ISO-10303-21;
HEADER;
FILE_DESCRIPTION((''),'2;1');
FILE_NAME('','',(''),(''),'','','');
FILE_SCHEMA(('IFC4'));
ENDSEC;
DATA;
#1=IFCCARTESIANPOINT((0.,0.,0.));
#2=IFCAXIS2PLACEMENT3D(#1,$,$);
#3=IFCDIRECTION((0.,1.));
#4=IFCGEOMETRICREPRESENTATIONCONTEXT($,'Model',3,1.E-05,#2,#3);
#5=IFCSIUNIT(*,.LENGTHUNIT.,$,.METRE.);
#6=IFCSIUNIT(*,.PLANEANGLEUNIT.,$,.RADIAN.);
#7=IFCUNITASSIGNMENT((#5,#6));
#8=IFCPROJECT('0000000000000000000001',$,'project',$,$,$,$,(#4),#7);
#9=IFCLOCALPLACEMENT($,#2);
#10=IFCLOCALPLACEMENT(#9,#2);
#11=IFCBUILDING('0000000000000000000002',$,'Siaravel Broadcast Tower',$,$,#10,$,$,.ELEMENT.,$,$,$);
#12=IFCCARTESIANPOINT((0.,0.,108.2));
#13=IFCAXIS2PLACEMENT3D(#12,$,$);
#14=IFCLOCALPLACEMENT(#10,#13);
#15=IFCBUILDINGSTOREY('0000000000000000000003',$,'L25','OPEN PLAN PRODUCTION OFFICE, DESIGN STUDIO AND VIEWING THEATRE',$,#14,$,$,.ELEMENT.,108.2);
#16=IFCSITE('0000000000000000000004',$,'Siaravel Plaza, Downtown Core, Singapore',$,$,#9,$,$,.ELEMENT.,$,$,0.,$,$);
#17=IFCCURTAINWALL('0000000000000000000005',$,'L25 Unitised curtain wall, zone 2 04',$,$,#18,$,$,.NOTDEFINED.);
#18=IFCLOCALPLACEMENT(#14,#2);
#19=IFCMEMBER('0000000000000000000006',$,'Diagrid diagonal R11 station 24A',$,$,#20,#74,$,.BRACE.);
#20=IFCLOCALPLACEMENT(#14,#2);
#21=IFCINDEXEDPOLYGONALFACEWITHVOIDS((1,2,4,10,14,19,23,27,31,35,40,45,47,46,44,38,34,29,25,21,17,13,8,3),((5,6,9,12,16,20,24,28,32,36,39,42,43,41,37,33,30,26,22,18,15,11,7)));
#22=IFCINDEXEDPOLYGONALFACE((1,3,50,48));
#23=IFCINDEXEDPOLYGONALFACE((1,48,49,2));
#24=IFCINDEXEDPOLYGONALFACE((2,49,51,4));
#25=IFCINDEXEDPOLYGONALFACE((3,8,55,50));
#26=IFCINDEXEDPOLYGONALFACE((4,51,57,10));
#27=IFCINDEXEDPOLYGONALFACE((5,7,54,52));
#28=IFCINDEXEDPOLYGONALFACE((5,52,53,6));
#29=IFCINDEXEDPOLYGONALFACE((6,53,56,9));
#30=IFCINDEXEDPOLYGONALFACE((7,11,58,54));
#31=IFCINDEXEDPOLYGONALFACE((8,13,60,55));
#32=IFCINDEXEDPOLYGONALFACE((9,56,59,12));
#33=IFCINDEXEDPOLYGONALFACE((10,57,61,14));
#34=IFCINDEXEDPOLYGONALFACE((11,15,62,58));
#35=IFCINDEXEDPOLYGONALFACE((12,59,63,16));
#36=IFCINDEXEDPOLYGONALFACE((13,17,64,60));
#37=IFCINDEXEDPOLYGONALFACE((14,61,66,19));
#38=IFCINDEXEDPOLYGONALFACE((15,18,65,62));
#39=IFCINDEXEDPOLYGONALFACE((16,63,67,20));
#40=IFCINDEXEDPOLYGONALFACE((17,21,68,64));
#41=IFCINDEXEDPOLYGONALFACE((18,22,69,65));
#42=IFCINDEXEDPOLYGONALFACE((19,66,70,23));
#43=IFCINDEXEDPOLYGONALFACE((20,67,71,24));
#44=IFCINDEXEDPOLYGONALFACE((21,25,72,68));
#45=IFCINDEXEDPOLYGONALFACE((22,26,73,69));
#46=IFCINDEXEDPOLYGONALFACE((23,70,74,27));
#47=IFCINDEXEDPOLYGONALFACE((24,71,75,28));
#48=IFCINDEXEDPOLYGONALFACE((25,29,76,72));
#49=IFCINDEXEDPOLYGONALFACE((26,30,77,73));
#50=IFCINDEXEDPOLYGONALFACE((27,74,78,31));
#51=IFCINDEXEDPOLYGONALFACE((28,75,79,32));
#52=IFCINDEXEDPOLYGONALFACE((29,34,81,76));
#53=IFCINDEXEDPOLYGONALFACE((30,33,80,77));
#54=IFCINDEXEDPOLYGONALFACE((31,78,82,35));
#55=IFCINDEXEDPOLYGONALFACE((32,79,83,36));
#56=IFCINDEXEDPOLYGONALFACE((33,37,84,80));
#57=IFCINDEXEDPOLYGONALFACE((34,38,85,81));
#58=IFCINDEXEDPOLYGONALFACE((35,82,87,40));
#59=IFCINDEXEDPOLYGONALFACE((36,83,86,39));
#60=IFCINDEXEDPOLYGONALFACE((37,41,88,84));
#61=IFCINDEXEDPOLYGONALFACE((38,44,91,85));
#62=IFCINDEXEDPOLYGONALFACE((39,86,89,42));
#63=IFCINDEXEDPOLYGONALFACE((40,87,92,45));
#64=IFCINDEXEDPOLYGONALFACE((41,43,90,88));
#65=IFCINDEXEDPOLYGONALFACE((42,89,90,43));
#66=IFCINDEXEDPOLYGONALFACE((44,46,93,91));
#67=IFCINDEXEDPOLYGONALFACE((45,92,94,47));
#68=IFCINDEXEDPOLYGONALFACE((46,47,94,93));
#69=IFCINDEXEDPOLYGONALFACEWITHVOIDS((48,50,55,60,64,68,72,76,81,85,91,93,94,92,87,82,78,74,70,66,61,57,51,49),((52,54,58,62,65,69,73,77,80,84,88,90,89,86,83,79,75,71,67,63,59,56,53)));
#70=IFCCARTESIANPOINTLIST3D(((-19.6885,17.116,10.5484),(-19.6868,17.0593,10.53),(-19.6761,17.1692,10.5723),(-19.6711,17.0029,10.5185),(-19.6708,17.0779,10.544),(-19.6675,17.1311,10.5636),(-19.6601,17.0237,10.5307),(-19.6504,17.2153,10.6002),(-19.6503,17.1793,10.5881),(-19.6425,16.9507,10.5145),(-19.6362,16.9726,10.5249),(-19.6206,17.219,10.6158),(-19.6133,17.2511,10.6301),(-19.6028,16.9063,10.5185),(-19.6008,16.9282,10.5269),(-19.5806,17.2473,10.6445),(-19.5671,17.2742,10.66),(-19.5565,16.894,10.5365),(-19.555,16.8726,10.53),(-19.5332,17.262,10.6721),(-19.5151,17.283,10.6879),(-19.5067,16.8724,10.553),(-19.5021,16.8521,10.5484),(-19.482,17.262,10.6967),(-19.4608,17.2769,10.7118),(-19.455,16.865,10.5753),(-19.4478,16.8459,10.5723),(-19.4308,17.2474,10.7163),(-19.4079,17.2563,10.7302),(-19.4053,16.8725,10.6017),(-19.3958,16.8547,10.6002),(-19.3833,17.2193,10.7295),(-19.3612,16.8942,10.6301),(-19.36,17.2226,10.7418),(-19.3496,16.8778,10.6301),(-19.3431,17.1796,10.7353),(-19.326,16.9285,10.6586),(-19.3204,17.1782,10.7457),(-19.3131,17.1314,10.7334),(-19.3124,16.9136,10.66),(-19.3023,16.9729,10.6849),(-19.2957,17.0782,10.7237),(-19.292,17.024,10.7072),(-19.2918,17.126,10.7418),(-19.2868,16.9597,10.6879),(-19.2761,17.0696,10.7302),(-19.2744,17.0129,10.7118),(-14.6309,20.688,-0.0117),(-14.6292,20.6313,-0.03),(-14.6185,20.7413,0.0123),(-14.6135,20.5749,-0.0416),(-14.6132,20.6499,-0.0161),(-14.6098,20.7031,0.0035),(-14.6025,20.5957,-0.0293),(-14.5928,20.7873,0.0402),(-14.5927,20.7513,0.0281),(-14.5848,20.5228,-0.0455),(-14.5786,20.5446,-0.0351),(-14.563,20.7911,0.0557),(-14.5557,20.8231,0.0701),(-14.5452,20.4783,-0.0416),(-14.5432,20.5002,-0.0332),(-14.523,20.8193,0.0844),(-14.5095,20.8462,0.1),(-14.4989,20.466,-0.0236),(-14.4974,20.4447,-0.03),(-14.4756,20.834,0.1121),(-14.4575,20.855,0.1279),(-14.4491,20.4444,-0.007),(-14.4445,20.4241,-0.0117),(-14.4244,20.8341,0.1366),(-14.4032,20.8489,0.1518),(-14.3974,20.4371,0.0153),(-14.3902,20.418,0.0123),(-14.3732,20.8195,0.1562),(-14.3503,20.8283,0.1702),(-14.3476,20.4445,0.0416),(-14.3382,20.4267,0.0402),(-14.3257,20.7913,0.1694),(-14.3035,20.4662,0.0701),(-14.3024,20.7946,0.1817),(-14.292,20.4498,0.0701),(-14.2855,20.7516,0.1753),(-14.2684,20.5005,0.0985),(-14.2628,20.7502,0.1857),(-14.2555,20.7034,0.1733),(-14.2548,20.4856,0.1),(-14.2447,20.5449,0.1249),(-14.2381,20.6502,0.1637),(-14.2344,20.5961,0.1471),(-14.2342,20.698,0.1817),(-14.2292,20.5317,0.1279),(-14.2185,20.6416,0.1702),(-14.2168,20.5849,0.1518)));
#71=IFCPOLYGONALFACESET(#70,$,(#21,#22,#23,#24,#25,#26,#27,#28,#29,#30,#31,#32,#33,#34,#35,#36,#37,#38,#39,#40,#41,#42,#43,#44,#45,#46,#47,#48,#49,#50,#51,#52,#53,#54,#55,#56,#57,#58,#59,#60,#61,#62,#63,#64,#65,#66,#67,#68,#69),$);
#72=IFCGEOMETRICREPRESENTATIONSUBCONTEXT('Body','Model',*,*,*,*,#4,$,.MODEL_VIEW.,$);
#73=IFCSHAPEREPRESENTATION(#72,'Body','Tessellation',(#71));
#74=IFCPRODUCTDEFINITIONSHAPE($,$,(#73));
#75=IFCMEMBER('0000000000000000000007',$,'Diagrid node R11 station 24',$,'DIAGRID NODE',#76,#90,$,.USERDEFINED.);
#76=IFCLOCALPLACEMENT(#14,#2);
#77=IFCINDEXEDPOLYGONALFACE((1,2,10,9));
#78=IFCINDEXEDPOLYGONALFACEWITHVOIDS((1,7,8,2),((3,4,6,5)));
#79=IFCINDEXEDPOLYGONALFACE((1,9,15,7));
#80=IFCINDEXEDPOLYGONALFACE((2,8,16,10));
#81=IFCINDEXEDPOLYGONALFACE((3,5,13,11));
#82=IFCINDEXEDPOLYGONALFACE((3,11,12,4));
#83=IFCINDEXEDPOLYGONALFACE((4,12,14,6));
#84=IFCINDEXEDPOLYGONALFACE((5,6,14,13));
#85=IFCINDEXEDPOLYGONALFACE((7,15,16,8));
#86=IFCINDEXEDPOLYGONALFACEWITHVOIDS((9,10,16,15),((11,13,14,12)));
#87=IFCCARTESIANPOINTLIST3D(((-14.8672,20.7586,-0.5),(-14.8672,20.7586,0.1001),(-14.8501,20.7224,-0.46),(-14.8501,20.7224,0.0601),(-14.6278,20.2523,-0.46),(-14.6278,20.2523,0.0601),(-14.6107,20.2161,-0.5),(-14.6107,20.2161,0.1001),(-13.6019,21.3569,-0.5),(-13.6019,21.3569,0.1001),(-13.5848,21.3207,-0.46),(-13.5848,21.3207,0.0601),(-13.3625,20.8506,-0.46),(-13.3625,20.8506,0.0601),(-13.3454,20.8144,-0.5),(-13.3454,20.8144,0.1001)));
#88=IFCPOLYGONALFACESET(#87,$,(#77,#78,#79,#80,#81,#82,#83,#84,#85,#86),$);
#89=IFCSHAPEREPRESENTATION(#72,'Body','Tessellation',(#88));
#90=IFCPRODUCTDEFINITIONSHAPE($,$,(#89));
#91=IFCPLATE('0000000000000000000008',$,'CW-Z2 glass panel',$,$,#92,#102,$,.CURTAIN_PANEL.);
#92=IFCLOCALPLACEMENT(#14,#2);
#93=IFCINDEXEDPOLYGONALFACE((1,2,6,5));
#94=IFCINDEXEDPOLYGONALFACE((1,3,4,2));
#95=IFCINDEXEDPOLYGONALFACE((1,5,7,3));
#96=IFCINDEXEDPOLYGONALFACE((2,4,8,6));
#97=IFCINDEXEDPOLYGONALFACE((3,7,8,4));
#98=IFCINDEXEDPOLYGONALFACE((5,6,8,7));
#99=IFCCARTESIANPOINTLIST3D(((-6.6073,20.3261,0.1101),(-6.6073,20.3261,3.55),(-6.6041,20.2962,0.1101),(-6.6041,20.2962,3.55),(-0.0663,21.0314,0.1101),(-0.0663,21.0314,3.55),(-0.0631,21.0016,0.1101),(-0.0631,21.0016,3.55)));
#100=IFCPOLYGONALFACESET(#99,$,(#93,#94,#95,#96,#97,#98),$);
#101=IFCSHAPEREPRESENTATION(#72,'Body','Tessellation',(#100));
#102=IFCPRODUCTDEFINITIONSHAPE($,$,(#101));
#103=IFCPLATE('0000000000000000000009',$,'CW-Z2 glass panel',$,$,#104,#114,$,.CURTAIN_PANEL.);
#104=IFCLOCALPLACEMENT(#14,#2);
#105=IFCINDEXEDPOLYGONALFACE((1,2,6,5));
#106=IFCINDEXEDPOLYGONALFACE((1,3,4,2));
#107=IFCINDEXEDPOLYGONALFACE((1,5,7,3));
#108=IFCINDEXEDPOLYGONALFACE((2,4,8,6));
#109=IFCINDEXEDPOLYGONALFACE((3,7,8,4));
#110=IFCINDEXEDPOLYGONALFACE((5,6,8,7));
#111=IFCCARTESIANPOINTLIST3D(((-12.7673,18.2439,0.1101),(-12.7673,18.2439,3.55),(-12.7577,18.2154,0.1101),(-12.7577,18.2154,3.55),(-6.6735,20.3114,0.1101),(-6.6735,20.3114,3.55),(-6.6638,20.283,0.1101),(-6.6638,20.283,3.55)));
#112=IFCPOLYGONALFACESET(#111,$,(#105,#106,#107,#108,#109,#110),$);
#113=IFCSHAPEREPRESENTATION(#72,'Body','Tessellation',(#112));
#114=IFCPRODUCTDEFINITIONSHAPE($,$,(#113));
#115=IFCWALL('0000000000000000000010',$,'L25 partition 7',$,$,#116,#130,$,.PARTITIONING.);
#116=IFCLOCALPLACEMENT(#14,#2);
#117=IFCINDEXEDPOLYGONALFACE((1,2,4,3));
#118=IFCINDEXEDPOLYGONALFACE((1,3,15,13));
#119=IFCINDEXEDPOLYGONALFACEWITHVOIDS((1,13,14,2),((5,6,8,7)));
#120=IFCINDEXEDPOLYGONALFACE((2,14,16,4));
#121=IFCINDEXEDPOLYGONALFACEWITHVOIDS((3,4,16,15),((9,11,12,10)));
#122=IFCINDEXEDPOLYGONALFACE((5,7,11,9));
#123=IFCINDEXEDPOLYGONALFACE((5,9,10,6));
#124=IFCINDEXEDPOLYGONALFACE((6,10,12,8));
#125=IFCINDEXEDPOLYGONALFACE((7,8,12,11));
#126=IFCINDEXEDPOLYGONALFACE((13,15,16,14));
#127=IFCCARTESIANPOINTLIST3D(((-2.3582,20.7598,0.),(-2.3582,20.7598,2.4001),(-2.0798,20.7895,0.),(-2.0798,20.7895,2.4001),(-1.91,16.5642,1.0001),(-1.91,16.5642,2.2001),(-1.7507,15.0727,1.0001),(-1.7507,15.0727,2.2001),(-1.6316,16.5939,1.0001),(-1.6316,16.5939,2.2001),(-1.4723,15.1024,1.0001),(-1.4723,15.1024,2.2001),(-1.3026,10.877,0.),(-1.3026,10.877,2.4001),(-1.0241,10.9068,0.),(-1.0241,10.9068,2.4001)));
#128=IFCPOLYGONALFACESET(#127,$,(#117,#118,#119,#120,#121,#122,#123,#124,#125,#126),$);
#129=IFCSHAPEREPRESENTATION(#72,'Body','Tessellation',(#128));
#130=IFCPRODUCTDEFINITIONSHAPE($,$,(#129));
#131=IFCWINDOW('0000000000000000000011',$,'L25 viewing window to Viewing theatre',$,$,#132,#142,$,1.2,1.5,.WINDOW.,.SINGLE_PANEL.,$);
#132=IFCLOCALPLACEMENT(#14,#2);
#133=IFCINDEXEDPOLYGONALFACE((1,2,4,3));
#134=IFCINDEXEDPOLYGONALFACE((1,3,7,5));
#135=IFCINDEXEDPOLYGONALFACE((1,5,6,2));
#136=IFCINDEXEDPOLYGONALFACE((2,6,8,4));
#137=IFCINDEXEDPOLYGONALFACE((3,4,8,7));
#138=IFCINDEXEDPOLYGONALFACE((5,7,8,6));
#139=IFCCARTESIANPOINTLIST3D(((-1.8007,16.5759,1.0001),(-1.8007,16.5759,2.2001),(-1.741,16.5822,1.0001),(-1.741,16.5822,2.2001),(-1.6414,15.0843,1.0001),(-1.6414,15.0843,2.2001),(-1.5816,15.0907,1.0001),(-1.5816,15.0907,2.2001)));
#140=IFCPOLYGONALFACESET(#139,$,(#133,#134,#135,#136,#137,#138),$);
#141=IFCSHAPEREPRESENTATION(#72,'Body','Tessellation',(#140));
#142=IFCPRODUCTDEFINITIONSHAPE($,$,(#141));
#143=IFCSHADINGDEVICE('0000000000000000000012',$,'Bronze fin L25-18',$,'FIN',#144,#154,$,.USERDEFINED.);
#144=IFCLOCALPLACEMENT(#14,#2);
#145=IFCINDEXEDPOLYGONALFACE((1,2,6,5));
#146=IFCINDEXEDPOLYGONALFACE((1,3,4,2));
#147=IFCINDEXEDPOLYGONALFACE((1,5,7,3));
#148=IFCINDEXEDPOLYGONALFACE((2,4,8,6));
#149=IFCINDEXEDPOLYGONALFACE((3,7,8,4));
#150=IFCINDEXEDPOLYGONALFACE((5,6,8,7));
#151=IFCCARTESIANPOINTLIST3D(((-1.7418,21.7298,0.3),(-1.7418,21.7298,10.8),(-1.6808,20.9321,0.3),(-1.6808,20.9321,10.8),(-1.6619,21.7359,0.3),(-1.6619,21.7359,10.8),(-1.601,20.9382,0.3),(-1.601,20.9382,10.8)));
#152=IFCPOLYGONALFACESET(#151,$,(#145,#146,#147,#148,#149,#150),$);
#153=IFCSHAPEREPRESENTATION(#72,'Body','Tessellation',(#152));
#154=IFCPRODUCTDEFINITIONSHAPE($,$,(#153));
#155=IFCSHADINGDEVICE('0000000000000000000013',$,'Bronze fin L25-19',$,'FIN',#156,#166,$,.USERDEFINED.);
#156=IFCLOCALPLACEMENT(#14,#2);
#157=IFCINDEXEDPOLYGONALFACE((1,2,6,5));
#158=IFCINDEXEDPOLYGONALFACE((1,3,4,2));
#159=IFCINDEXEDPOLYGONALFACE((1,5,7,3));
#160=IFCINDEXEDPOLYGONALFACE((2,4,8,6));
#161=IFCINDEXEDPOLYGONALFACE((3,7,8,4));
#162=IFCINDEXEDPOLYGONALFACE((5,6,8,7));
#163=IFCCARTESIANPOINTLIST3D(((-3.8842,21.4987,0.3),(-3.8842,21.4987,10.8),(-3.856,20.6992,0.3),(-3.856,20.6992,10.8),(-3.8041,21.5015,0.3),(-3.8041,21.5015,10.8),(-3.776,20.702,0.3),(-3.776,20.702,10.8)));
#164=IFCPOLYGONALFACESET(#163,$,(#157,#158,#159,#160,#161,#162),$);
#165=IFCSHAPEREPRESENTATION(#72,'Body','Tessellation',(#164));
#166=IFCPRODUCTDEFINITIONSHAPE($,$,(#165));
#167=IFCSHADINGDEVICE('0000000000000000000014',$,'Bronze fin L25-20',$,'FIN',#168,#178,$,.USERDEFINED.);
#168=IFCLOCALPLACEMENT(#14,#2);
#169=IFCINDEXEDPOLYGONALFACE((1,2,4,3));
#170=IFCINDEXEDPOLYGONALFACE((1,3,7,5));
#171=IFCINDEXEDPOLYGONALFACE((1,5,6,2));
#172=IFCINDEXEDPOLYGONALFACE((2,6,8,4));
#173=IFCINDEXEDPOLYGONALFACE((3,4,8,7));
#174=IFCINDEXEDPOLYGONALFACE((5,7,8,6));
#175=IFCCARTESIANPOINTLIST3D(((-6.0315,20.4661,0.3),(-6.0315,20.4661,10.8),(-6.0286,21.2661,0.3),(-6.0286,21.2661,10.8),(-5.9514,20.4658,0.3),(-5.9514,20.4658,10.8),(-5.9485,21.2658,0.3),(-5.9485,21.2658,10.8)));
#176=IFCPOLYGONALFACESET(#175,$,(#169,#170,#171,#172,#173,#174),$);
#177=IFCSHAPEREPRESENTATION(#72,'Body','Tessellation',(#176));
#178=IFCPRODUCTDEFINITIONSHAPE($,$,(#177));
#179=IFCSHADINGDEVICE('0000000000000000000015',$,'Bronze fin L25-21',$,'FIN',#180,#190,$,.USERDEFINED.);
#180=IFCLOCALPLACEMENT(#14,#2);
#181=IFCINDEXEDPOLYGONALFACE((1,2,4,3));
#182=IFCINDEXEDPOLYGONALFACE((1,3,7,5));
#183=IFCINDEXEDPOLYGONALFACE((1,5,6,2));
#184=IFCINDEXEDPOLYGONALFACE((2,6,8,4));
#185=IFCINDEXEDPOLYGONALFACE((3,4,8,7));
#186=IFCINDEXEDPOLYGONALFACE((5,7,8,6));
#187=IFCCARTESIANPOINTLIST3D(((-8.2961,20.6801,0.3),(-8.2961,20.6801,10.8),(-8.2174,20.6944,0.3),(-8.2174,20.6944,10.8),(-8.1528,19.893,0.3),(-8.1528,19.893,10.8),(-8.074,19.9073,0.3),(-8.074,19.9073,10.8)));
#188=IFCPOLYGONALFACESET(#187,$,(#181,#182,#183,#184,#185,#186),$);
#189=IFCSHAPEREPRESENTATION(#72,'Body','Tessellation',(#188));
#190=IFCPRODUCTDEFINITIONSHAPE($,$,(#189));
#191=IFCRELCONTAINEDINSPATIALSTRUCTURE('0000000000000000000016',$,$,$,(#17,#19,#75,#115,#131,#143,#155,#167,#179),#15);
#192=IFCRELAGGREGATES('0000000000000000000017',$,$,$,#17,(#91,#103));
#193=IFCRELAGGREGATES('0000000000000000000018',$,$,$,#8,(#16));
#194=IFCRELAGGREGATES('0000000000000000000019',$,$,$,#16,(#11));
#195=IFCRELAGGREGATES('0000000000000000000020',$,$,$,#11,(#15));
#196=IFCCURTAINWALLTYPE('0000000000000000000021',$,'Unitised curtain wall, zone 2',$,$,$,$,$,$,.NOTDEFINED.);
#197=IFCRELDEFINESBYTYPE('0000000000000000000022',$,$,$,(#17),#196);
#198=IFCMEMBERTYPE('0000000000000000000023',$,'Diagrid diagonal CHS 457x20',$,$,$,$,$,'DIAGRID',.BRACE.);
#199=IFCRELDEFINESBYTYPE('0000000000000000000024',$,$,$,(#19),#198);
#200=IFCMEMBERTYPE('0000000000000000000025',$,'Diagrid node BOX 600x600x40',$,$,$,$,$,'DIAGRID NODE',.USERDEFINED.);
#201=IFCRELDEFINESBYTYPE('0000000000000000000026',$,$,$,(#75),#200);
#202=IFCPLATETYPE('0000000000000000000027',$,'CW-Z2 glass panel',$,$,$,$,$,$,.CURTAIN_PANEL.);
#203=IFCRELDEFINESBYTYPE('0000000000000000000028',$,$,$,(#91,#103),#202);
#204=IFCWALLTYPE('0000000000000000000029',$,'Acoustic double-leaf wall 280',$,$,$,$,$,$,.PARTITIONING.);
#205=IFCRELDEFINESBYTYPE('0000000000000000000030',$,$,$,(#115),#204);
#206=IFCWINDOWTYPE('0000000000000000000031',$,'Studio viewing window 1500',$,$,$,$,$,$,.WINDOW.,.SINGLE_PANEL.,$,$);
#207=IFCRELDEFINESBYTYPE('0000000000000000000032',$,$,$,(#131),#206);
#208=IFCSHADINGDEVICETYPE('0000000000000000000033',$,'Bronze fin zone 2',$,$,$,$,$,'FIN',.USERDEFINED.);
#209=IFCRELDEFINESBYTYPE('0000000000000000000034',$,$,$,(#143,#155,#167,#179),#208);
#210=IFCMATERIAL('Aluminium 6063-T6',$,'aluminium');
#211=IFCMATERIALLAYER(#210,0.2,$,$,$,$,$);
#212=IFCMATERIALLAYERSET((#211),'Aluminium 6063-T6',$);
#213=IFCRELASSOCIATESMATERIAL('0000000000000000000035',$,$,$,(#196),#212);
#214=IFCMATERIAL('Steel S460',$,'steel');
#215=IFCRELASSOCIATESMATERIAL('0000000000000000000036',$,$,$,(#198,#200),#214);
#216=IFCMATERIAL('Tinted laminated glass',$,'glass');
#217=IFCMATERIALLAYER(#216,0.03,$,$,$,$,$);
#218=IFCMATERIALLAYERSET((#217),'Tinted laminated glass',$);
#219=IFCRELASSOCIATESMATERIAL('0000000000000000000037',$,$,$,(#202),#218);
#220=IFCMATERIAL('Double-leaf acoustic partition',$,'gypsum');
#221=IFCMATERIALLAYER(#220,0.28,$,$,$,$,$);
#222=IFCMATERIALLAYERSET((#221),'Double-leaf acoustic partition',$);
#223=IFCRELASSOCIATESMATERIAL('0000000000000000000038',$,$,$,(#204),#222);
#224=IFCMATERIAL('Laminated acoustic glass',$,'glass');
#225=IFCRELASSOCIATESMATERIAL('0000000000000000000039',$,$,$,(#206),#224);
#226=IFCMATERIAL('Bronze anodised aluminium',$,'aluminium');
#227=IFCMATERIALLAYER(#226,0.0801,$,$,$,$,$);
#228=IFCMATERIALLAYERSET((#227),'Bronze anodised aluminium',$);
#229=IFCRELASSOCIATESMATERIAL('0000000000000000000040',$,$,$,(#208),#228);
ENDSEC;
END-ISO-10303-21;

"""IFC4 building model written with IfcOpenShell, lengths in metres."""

from ifc_helpers import new_model, si_unit, direction, frame, frame_2d, origin, origin_2d, place, context, subcontext, project, spatial, rectangle, hollow_rectangle, hollow_circle, extrude, material, layer, layer_set, material_profile, profile_set, type_object, element, fill, aggregate, save


model = new_model("IFC4")

# Units and contexts
model_context = context("Model", 3, precision=1e-05, world=origin(), true_north=direction((0.0, 1.0)))
body_context = subcontext(model_context, "Body", "Model", "MODEL_VIEW")
ifc_project = project(units=[si_unit("LENGTHUNIT", "METRE"), si_unit("PLANEANGLEUNIT", "RADIAN")], contexts=[model_context])

# Site, building, storey
site_placement = place(None, origin())
site = spatial("IfcSite", under=ifc_project, at=site_placement, Name="Siaravel Plaza, Downtown Core, Singapore", CompositionType="ELEMENT", RefElevation=0.0)
building_placement = place(site_placement, origin())
building = spatial("IfcBuilding", under=site, at=building_placement, Name="Siaravel Broadcast Tower", CompositionType="ELEMENT")
storey_placement = place(building_placement, frame((0.0, 0.0, 108.2)))
storey = spatial("IfcBuildingStorey", under=building, at=storey_placement, Name="L25", Description="OPEN PLAN PRODUCTION OFFICE, DESIGN STUDIO AND VIEWING THEATRE", CompositionType="ELEMENT", Elevation=108.2)

# Curtain wall
ifc_material_1 = material(Name="Aluminium 6063-T6", Category="aluminium")
ifc_layer_1 = layer(ifc_material_1, 0.2)
ifc_layer_set_1 = layer_set([ifc_layer_1], Name="Aluminium 6063-T6")
curtain_wall_type = type_object("IfcCurtainWallType", Name="Unitised curtain wall, zone 2", PredefinedType="NOTDEFINED", material=ifc_layer_set_1)
curtain_wall_placement = place(storey_placement, origin())
curtain_wall = element("IfcCurtainWall", 1, at=curtain_wall_placement, inside=storey, type_object=curtain_wall_type, Name="L25 Unitised curtain wall, zone 2 04", PredefinedType="NOTDEFINED")

# Members
ifc_material_2 = material(Name="Steel S460", Category="steel")
ifc_material_profile_1 = material_profile(ifc_material_2, hollow_circle(Radius=0.2285, WallThickness=0.02, at=origin_2d()))
ifc_profile_set_1 = profile_set([ifc_material_profile_1], Name="Steel S460")
member_type_1 = type_object("IfcMemberType", Name="Diagrid diagonal CHS 457x20", ElementType="DIAGRID", PredefinedType="BRACE", material=ifc_profile_set_1)
member_1_placement = place(storey_placement, frame((-14.4238, 20.6365, 0.0701), z_axis=(-0.413154, -0.291797, 0.862646), x_axis=(0.576892, -0.81682, 0.0)))
element("IfcMember", 2, at=member_1_placement, inside=storey, type_object=member_type_1, Name="Diagrid diagonal R11 station 24A", PredefinedType="BRACE", context=body_context, shape_type="SweptSolid", body=[
    extrude(hollow_circle(Radius=0.2285, WallThickness=0.02, at=origin_2d()), origin(), (0.0, 0.0, 1.0), 12.2415),
])
ifc_material_profile_2 = material_profile(ifc_material_2, hollow_rectangle(XDim=0.6001, YDim=0.6001, WallThickness=0.04, at=origin_2d()))
ifc_profile_set_2 = profile_set([ifc_material_profile_2], Name="Steel S460")
member_type_2 = type_object("IfcMemberType", Name="Diagrid node BOX 600x600x40", ElementType="DIAGRID NODE", PredefinedType="USERDEFINED", material=ifc_profile_set_2)
member_2_placement = place(storey_placement, frame((-13.4736, 21.0857, -0.2), z_axis=(-0.904015, -0.427501, 0.0), x_axis=(0.427501, -0.904015, 0.0)))
element("IfcMember", 3, at=member_2_placement, inside=storey, type_object=member_type_2, Name="Diagrid node R11 station 24", ObjectType="DIAGRID NODE", PredefinedType="USERDEFINED", context=body_context, shape_type="SweptSolid", body=[
    extrude(hollow_rectangle(XDim=0.6001, YDim=0.6001, WallThickness=0.04, at=origin_2d()), origin(), (0.0, 0.0, 1.0), 1.3997),
])

# Plates
ifc_material_3 = material(Name="Tinted laminated glass", Category="glass")
ifc_layer_2 = layer(ifc_material_3, 0.03)
ifc_layer_set_2 = layer_set([ifc_layer_2], Name="Tinted laminated glass")
plate_type = type_object("IfcPlateType", Name="CW-Z2 glass panel", PredefinedType="CURTAIN_PANEL", material=ifc_layer_set_2)
plate_1_placement = place(storey_placement, frame((-3.3352, 20.6638, 0.1101), z_axis=(0.0, 0.0, 1.0), x_axis=(-0.994236, -0.107217, 0.0)))
plate_1 = element("IfcPlate", 4, at=plate_1_placement, type_object=plate_type, Name="CW-Z2 glass panel", PredefinedType="CURTAIN_PANEL", context=body_context, shape_type="SweptSolid", body=[
    extrude(rectangle(XDim=6.5789, YDim=0.03, at=origin_2d()), origin(), (0.0, 0.0, 1.0), 3.4399),
])
plate_2_placement = place(storey_placement, frame((-9.7156, 19.2634, 0.1101), z_axis=(0.0, 0.0, 1.0), x_axis=(-0.946977, -0.321301, 0.0)))
plate_2 = element("IfcPlate", 5, at=plate_2_placement, type_object=plate_type, Name="CW-Z2 glass panel", PredefinedType="CURTAIN_PANEL", context=body_context, shape_type="SweptSolid", body=[
    extrude(rectangle(XDim=6.4351, YDim=0.03, at=origin_2d()), origin(), (0.0, 0.0, 1.0), 3.4399),
])
aggregate(curtain_wall, [plate_1, plate_2])

# Wall, opening, window
ifc_material_4 = material(Name="Double-leaf acoustic partition", Category="gypsum")
ifc_layer_3 = layer(ifc_material_4, 0.28)
ifc_layer_set_3 = layer_set([ifc_layer_3], Name="Double-leaf acoustic partition")
wall_type = type_object("IfcWallType", Name="Acoustic double-leaf wall 280", PredefinedType="PARTITIONING", material=ifc_layer_set_3)
wall_placement = place(storey_placement, frame((-2.219, 20.7747, 0.0), z_axis=(0.0, 0.0, 1.0), x_axis=(0.106214, -0.994343, 0.0)))
wall = element("IfcWall", 6, at=wall_placement, inside=storey, type_object=wall_type, Name="L25 partition 7", PredefinedType="PARTITIONING", context=body_context, shape_type="SweptSolid", body=[
    extrude(rectangle(XDim=9.939, YDim=0.28, at=frame_2d((4.9695, 0.0))), origin(), (0.0, 0.0, 1.0), 2.4001),
])
opening_placement = place(wall_placement, frame((4.2195, 0.0, 1.0)))
opening = element("IfcOpeningElement", 7, at=opening_placement, cuts=wall, PredefinedType="OPENING", context=body_context, shape_type="SweptSolid", body=[
    extrude(rectangle(XDim=1.5, YDim=1.2, at=frame_2d((0.75, 0.6001))), frame((0.0, 0.1499, 0.0), z_axis=(0.0, -1.0, 0.0), x_axis=(1.0, 0.0, 0.0)), (0.0, 0.0, 1.0), 0.3),
])
ifc_material_5 = material(Name="Laminated acoustic glass", Category="glass")
window_type = type_object("IfcWindowType", Name="Studio viewing window 1500", PartitioningType="SINGLE_PANEL", PredefinedType="WINDOW", material=ifc_material_5)
window_placement = place(opening_placement, origin())
window = element("IfcWindow", 8, at=window_placement, inside=storey, type_object=window_type, Name="L25 viewing window to Viewing theatre", OverallHeight=1.2, OverallWidth=1.5, PartitioningType="SINGLE_PANEL", PredefinedType="WINDOW", context=body_context, shape_type="SweptSolid", body=[
    extrude(rectangle(XDim=1.5, YDim=1.2, at=frame_2d((0.75, 0.6001))), frame((0.0, 0.03, 0.0), z_axis=(0.0, -1.0, 0.0), x_axis=(1.0, 0.0, 0.0)), (0.0, 0.0, 1.0), 0.0601),
])
fill(opening, window)

# Shading devices
ifc_material_6 = material(Name="Bronze anodised aluminium", Category="aluminium")
ifc_layer_4 = layer(ifc_material_6, 0.0801)
ifc_layer_set_4 = layer_set([ifc_layer_4], Name="Bronze anodised aluminium")
shading_device_type = type_object("IfcShadingDeviceType", Name="Bronze fin zone 2", ElementType="FIN", PredefinedType="USERDEFINED", material=ifc_layer_set_4)
for number, where, z_axis, x_axis, name in (
    (9, (-1.6714, 21.334, 0.3), (0.0, 0.0, 1.0), (-0.076153, 0.997096, 0.0), "Bronze fin L25-18"),
    (10, (-3.8301, 21.1003, 0.3), (0.0, 0.0, 1.0), (-0.035145, 0.999382, 0.0), "Bronze fin L25-19"),
    (11, (-5.99, 20.866, 0.3), (0.0, 0.0, 1.0), (0.003658, 0.999993, 0.0), "Bronze fin L25-20"),
    (12, (-8.1851, 20.2937, 0.3), (0.0, 0.0, 1.0), (-0.179219, 0.983809, 0.0), "Bronze fin L25-21"),
):
    element("IfcShadingDevice", number, at=place(storey_placement, frame(where, z_axis=z_axis, x_axis=x_axis)), inside=storey, type_object=shading_device_type, Name=name, ObjectType="FIN", PredefinedType="USERDEFINED", context=body_context, shape_type="SweptSolid", body=[
        extrude(rectangle(XDim=0.8, YDim=0.0801, at=origin_2d()), origin(), (0.0, 0.0, 1.0), 10.5),
    ])

save(model, "model.ifc")
